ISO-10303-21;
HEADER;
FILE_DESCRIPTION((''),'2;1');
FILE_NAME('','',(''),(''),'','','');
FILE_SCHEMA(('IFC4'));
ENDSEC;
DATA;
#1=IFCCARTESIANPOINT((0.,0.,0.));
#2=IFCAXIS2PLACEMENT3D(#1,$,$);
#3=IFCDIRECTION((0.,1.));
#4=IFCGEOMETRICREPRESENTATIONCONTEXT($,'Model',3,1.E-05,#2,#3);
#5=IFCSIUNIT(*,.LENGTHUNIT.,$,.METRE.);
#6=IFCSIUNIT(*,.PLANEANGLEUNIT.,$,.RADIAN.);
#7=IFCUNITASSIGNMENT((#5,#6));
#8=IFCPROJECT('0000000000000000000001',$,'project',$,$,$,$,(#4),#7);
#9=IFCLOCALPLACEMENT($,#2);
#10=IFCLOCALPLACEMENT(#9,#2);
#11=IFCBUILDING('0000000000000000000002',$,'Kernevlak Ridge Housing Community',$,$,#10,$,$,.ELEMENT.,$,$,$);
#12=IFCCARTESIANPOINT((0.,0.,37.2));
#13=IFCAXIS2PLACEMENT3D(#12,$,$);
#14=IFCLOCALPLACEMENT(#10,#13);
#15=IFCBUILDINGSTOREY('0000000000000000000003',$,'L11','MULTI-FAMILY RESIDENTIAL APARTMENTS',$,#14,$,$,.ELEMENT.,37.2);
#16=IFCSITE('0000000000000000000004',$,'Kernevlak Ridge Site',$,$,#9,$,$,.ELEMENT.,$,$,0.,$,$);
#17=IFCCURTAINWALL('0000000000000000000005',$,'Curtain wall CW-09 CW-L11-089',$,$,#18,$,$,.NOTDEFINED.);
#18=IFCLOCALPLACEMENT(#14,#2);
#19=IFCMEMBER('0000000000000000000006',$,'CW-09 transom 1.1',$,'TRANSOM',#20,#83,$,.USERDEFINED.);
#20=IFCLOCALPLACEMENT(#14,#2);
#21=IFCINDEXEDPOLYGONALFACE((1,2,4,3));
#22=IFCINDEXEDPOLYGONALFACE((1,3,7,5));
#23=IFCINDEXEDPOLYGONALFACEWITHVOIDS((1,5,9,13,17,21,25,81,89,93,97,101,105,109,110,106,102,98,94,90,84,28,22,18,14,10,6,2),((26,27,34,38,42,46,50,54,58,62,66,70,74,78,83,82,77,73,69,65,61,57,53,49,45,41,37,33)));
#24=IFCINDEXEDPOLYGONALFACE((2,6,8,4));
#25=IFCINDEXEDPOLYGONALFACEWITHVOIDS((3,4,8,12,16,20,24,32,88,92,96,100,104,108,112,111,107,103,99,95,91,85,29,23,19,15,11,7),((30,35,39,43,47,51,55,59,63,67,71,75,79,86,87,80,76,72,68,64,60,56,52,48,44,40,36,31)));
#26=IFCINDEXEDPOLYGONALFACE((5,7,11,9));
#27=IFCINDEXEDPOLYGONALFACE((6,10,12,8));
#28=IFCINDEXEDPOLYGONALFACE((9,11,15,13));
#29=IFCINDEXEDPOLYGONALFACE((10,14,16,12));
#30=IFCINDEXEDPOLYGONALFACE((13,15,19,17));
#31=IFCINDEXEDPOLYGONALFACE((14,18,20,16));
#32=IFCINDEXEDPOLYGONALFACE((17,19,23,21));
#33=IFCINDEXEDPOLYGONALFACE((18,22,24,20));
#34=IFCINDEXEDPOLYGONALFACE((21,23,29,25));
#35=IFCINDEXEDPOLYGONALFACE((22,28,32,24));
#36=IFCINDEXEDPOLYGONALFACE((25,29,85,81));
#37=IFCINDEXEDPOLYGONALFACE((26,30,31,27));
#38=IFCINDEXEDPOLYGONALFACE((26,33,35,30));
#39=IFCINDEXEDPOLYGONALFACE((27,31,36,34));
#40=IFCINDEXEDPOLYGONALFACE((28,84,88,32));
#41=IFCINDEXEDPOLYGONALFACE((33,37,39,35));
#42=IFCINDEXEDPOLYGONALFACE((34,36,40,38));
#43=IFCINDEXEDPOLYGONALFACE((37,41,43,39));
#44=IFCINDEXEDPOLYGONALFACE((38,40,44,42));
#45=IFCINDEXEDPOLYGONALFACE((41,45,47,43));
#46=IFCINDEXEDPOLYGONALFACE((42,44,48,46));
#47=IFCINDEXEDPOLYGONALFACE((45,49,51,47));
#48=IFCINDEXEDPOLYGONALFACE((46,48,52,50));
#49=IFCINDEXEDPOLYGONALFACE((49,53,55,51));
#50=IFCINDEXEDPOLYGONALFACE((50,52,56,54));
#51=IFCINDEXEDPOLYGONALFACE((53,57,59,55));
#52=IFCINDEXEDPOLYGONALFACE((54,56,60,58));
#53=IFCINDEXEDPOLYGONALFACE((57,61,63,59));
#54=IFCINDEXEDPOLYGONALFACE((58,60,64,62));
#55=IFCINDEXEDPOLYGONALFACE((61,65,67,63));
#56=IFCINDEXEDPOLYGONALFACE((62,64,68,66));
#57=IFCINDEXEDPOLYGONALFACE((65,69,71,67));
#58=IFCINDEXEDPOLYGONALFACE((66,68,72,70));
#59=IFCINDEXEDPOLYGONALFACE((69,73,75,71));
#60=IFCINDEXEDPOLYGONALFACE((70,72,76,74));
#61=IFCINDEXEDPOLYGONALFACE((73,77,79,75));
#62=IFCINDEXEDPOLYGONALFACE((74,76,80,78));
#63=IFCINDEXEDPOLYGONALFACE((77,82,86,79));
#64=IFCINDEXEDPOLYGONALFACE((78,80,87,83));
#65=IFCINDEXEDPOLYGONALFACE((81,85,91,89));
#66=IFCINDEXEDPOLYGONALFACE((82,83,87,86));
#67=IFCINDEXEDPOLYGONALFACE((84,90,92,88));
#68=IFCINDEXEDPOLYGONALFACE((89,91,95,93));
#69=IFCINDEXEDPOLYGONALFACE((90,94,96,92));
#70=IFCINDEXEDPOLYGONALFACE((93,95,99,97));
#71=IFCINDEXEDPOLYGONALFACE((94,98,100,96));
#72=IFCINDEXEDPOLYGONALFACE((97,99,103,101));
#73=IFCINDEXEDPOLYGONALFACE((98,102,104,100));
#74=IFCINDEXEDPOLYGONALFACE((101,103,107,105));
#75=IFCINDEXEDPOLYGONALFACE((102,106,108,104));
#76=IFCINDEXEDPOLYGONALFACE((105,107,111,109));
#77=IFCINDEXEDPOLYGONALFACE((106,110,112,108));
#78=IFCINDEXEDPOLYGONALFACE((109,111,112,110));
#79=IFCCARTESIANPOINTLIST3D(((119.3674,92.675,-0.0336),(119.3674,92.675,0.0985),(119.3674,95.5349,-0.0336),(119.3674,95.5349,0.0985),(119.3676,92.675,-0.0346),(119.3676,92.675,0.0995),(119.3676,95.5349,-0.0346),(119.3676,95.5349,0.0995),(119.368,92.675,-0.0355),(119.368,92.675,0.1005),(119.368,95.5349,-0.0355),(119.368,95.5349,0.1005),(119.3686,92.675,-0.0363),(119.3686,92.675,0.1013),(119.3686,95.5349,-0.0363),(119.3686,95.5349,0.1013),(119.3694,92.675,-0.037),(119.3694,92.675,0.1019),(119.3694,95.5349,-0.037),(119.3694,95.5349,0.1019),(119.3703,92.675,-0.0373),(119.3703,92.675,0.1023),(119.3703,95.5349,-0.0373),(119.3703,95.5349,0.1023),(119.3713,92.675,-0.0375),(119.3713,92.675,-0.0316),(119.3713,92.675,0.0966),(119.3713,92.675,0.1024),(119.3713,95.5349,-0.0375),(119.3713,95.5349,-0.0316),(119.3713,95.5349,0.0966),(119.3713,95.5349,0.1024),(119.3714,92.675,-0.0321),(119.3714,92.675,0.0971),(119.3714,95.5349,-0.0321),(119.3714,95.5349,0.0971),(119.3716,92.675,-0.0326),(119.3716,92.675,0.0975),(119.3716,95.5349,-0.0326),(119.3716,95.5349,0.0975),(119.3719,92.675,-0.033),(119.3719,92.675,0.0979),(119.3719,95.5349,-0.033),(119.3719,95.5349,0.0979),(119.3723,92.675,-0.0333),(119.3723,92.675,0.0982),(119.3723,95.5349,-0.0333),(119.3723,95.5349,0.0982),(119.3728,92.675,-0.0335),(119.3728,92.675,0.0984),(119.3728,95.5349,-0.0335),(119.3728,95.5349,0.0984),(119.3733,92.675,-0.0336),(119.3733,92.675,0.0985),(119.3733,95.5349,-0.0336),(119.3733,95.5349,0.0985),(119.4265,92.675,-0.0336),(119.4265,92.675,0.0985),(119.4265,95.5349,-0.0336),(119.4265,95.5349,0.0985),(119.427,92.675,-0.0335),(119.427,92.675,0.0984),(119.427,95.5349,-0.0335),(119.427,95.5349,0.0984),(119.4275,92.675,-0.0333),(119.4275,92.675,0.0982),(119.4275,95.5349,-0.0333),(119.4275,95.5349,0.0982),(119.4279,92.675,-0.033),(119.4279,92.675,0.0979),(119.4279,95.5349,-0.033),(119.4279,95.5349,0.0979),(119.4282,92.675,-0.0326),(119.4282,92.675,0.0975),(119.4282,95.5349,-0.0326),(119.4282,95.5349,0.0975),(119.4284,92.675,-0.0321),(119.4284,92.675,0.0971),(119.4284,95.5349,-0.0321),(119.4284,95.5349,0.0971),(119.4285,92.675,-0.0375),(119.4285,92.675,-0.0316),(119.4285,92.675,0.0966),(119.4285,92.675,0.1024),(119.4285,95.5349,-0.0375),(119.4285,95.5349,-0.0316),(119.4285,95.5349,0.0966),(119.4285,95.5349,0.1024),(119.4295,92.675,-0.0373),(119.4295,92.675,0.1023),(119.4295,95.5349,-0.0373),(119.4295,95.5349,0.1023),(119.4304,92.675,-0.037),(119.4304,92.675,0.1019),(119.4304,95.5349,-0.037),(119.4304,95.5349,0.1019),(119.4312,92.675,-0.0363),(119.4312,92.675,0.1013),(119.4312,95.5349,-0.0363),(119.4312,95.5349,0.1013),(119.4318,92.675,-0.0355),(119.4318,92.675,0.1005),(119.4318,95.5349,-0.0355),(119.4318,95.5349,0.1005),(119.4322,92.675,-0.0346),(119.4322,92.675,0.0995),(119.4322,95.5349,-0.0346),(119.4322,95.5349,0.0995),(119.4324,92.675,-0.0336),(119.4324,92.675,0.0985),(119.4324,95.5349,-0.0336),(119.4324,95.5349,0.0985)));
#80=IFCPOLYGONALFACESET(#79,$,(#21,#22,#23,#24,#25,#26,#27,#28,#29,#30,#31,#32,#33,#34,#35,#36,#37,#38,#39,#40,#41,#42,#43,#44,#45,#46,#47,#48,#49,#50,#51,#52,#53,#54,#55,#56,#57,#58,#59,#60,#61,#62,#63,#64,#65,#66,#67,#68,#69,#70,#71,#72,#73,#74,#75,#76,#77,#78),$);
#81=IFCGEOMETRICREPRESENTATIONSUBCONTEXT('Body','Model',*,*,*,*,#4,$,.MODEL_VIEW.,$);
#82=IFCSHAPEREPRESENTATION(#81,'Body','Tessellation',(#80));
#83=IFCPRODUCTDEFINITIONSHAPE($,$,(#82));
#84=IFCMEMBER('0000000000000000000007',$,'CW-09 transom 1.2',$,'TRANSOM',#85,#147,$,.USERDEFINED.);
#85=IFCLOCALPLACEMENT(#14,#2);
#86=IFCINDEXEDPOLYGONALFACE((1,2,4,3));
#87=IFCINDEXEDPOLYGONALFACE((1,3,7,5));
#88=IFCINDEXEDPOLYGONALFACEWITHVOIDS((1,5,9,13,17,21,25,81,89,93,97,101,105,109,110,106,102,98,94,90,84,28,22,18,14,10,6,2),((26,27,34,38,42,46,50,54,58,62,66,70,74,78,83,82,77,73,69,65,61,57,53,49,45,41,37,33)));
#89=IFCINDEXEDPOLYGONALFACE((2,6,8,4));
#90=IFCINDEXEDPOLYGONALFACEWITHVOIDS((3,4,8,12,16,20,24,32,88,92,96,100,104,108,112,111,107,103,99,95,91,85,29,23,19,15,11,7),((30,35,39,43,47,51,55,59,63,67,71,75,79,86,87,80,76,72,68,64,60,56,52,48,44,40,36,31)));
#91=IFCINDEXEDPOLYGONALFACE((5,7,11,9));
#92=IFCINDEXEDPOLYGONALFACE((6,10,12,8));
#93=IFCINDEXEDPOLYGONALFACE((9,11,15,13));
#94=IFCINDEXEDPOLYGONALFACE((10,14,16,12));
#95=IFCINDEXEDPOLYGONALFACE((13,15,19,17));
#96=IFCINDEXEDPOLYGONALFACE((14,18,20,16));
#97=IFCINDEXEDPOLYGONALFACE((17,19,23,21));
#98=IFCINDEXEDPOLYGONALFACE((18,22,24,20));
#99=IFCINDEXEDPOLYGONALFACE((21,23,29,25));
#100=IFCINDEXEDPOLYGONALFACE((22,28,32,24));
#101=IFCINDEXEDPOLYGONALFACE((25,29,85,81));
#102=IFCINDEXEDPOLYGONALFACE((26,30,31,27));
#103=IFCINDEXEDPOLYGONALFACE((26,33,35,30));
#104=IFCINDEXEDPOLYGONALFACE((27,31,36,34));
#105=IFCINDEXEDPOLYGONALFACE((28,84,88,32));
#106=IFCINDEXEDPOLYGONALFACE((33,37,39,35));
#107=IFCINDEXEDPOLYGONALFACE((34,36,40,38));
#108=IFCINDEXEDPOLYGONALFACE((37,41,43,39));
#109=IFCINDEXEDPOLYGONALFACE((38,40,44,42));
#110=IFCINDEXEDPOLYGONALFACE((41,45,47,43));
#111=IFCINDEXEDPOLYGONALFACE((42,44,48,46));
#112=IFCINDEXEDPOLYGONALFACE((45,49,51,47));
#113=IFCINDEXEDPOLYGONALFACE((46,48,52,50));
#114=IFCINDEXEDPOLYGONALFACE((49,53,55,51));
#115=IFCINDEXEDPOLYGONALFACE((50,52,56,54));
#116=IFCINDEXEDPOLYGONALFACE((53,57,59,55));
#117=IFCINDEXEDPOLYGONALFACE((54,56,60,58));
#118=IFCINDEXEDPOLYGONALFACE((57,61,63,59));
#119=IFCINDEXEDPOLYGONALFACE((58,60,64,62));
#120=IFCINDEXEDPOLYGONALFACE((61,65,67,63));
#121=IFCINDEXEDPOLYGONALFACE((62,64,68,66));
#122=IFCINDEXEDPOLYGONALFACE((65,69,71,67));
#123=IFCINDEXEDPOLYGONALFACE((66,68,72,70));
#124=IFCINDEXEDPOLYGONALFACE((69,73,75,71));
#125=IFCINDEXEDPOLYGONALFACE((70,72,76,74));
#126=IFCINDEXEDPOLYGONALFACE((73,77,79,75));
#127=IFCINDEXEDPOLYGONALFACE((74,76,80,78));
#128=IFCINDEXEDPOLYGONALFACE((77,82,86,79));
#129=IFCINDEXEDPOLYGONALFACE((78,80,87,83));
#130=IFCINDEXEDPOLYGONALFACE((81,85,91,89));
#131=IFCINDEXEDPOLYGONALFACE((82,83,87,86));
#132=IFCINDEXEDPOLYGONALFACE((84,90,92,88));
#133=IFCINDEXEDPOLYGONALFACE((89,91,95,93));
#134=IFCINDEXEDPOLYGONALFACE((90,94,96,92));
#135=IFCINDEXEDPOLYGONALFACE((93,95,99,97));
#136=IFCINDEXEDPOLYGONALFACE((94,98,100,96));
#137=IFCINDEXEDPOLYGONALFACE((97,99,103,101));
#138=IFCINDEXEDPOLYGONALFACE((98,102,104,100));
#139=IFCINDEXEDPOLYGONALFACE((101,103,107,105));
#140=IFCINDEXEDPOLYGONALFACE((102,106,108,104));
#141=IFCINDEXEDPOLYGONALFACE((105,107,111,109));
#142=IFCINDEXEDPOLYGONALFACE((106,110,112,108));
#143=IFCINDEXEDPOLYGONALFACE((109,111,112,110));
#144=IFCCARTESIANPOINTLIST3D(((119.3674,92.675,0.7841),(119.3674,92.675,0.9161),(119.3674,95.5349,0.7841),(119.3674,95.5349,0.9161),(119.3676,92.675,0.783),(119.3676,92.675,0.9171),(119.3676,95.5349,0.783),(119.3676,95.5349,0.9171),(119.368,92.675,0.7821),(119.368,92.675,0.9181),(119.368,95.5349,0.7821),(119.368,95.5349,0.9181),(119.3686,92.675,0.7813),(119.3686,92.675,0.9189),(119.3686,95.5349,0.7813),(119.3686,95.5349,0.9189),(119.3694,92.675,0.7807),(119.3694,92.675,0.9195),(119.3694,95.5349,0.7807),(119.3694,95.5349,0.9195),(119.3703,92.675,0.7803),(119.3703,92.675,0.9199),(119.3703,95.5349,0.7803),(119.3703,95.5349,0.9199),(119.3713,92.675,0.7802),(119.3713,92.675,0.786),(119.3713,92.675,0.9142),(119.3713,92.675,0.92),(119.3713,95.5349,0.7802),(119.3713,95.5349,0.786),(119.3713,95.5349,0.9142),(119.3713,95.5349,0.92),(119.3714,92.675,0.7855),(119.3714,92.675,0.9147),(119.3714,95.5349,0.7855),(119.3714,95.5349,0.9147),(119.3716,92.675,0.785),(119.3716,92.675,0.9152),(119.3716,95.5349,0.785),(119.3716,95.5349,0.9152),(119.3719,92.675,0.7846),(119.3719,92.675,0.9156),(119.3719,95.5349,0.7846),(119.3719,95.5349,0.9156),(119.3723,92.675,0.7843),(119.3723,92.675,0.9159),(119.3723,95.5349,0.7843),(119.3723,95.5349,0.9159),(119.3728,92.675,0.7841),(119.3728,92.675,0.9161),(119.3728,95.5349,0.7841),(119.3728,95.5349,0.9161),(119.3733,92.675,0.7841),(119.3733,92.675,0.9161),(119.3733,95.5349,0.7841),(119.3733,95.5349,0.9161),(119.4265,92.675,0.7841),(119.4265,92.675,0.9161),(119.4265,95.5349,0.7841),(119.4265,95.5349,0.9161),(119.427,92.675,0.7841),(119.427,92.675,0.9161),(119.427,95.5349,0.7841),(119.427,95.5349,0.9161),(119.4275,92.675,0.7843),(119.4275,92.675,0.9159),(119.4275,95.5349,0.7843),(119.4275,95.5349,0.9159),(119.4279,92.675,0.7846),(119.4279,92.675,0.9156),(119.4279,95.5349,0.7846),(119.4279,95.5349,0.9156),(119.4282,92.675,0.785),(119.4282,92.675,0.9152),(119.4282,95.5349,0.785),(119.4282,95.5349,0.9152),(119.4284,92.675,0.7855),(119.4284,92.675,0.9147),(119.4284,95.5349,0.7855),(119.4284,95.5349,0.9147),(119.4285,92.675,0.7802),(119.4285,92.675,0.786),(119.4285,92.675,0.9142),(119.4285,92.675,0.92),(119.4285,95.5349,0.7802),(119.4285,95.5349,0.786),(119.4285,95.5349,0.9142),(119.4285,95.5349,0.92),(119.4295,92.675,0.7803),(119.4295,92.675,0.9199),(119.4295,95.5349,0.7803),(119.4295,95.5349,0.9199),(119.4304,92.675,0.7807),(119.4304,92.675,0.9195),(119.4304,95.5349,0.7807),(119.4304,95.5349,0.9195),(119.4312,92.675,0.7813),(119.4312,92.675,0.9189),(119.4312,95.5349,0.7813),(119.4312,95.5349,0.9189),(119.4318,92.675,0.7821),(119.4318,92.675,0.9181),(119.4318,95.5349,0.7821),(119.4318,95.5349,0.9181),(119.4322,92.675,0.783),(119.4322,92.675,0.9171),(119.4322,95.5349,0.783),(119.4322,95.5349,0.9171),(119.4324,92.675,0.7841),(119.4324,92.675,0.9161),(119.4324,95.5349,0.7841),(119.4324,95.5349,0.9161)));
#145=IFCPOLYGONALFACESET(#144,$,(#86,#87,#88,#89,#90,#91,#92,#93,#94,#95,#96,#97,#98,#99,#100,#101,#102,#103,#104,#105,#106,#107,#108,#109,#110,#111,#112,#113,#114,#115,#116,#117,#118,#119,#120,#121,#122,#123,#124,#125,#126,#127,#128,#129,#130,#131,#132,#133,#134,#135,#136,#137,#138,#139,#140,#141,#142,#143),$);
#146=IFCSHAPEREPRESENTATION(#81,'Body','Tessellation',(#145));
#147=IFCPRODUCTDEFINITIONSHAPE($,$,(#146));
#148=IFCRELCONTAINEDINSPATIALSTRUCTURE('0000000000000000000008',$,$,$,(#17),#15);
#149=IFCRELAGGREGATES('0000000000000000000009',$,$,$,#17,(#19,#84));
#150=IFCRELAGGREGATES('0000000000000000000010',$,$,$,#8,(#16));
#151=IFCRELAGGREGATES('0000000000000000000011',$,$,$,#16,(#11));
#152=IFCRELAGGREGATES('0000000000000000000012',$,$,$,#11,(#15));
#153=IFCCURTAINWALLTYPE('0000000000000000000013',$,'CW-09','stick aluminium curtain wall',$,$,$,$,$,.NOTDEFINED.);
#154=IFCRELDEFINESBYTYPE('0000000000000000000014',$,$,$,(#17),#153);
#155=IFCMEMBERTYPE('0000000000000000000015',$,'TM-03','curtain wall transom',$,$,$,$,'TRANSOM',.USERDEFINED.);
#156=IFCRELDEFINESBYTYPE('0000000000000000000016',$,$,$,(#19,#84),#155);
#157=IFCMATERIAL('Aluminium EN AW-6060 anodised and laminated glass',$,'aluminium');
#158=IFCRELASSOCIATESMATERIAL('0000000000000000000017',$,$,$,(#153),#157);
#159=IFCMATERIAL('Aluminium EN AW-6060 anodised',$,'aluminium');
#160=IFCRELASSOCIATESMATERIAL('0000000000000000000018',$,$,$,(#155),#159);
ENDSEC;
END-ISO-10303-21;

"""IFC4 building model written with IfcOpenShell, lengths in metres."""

from ifc_helpers import new_model, si_unit, direction, frame, origin, origin_2d, place, context, subcontext, project, spatial, hollow_rectangle, extrude, material, material_profile, profile_set, type_object, element, aggregate, save


model = new_model("IFC4")

# Units and contexts
model_context = context("Model", 3, precision=1e-05, world=origin(), true_north=direction((0.0, 1.0)))
body_context = subcontext(model_context, "Body", "Model", "MODEL_VIEW")
ifc_project = project(units=[si_unit("LENGTHUNIT", "METRE"), si_unit("PLANEANGLEUNIT", "RADIAN")], contexts=[model_context])

# Site, building, storey
site_placement = place(None, origin())
site = spatial("IfcSite", under=ifc_project, at=site_placement, Name="Kernevlak Ridge Site", CompositionType="ELEMENT", RefElevation=0.0)
building_placement = place(site_placement, origin())
building = spatial("IfcBuilding", under=site, at=building_placement, Name="Kernevlak Ridge Housing Community", CompositionType="ELEMENT")
storey_placement = place(building_placement, frame((0.0, 0.0, 37.2)))
storey = spatial("IfcBuildingStorey", under=building, at=storey_placement, Name="L11", Description="MULTI-FAMILY RESIDENTIAL APARTMENTS", CompositionType="ELEMENT", Elevation=37.2)

# Curtain wall
ifc_material_1 = material(Name="Aluminium EN AW-6060 anodised and laminated glass", Category="aluminium")
ifc_material_2 = material(Name="Aluminium EN AW-6060 anodised", Category="aluminium")
curtain_wall_type_1 = type_object("IfcCurtainWallType", Name="CW-09", Description="stick aluminium curtain wall", PredefinedType="NOTDEFINED", material=ifc_material_1)
curtain_wall_1_placement = place(storey_placement, origin())
curtain_wall_1 = element("IfcCurtainWall", 1, at=curtain_wall_1_placement, inside=storey, type_object=curtain_wall_type_1, Name="Curtain wall CW-09 CW-L11-089", PredefinedType="NOTDEFINED")

# Members
ifc_material_profile_1 = material_profile(ifc_material_2, hollow_rectangle(XDim=0.0649, YDim=0.1399, WallThickness=0.0039, InnerFilletRadius=0.002, OuterFilletRadius=0.0039, at=origin_2d()), Name="ALU 65x140x4")
ifc_profile_set_1 = profile_set([ifc_material_profile_1], Name="Aluminium EN AW-6060 anodised")
member_type_1 = type_object("IfcMemberType", Name="TM-03", Description="curtain wall transom", ElementType="TRANSOM", PredefinedType="USERDEFINED", material=ifc_profile_set_1)
member_1_placement = place(storey_placement, frame((119.3999, 92.675, 0.0325), z_axis=(0.0, 1.0, 0.0), x_axis=(-1.0, 0.0, 0.0)))
member_1 = element("IfcMember", 2, at=member_1_placement, type_object=member_type_1, Name="CW-09 transom 1.1", ObjectType="TRANSOM", PredefinedType="USERDEFINED", context=body_context, shape_type="SweptSolid", body=[
    extrude(hollow_rectangle(XDim=0.0649, YDim=0.1399, WallThickness=0.0039, InnerFilletRadius=0.002, OuterFilletRadius=0.0039, at=origin_2d()), origin(), (0.0, 0.0, 1.0), 2.8599),
])
member_2_placement = place(storey_placement, frame((119.3999, 92.675, 0.8501), z_axis=(0.0, 1.0, 0.0), x_axis=(-1.0, 0.0, 0.0)))
member_2 = element("IfcMember", 3, at=member_2_placement, type_object=member_type_1, Name="CW-09 transom 1.2", ObjectType="TRANSOM", PredefinedType="USERDEFINED", context=body_context, shape_type="SweptSolid", body=[
    extrude(hollow_rectangle(XDim=0.0649, YDim=0.1399, WallThickness=0.0039, InnerFilletRadius=0.002, OuterFilletRadius=0.0039, at=origin_2d()), origin(), (0.0, 0.0, 1.0), 2.8599),
])
aggregate(curtain_wall_1, [member_1, member_2])

save(model, "model.ifc")
